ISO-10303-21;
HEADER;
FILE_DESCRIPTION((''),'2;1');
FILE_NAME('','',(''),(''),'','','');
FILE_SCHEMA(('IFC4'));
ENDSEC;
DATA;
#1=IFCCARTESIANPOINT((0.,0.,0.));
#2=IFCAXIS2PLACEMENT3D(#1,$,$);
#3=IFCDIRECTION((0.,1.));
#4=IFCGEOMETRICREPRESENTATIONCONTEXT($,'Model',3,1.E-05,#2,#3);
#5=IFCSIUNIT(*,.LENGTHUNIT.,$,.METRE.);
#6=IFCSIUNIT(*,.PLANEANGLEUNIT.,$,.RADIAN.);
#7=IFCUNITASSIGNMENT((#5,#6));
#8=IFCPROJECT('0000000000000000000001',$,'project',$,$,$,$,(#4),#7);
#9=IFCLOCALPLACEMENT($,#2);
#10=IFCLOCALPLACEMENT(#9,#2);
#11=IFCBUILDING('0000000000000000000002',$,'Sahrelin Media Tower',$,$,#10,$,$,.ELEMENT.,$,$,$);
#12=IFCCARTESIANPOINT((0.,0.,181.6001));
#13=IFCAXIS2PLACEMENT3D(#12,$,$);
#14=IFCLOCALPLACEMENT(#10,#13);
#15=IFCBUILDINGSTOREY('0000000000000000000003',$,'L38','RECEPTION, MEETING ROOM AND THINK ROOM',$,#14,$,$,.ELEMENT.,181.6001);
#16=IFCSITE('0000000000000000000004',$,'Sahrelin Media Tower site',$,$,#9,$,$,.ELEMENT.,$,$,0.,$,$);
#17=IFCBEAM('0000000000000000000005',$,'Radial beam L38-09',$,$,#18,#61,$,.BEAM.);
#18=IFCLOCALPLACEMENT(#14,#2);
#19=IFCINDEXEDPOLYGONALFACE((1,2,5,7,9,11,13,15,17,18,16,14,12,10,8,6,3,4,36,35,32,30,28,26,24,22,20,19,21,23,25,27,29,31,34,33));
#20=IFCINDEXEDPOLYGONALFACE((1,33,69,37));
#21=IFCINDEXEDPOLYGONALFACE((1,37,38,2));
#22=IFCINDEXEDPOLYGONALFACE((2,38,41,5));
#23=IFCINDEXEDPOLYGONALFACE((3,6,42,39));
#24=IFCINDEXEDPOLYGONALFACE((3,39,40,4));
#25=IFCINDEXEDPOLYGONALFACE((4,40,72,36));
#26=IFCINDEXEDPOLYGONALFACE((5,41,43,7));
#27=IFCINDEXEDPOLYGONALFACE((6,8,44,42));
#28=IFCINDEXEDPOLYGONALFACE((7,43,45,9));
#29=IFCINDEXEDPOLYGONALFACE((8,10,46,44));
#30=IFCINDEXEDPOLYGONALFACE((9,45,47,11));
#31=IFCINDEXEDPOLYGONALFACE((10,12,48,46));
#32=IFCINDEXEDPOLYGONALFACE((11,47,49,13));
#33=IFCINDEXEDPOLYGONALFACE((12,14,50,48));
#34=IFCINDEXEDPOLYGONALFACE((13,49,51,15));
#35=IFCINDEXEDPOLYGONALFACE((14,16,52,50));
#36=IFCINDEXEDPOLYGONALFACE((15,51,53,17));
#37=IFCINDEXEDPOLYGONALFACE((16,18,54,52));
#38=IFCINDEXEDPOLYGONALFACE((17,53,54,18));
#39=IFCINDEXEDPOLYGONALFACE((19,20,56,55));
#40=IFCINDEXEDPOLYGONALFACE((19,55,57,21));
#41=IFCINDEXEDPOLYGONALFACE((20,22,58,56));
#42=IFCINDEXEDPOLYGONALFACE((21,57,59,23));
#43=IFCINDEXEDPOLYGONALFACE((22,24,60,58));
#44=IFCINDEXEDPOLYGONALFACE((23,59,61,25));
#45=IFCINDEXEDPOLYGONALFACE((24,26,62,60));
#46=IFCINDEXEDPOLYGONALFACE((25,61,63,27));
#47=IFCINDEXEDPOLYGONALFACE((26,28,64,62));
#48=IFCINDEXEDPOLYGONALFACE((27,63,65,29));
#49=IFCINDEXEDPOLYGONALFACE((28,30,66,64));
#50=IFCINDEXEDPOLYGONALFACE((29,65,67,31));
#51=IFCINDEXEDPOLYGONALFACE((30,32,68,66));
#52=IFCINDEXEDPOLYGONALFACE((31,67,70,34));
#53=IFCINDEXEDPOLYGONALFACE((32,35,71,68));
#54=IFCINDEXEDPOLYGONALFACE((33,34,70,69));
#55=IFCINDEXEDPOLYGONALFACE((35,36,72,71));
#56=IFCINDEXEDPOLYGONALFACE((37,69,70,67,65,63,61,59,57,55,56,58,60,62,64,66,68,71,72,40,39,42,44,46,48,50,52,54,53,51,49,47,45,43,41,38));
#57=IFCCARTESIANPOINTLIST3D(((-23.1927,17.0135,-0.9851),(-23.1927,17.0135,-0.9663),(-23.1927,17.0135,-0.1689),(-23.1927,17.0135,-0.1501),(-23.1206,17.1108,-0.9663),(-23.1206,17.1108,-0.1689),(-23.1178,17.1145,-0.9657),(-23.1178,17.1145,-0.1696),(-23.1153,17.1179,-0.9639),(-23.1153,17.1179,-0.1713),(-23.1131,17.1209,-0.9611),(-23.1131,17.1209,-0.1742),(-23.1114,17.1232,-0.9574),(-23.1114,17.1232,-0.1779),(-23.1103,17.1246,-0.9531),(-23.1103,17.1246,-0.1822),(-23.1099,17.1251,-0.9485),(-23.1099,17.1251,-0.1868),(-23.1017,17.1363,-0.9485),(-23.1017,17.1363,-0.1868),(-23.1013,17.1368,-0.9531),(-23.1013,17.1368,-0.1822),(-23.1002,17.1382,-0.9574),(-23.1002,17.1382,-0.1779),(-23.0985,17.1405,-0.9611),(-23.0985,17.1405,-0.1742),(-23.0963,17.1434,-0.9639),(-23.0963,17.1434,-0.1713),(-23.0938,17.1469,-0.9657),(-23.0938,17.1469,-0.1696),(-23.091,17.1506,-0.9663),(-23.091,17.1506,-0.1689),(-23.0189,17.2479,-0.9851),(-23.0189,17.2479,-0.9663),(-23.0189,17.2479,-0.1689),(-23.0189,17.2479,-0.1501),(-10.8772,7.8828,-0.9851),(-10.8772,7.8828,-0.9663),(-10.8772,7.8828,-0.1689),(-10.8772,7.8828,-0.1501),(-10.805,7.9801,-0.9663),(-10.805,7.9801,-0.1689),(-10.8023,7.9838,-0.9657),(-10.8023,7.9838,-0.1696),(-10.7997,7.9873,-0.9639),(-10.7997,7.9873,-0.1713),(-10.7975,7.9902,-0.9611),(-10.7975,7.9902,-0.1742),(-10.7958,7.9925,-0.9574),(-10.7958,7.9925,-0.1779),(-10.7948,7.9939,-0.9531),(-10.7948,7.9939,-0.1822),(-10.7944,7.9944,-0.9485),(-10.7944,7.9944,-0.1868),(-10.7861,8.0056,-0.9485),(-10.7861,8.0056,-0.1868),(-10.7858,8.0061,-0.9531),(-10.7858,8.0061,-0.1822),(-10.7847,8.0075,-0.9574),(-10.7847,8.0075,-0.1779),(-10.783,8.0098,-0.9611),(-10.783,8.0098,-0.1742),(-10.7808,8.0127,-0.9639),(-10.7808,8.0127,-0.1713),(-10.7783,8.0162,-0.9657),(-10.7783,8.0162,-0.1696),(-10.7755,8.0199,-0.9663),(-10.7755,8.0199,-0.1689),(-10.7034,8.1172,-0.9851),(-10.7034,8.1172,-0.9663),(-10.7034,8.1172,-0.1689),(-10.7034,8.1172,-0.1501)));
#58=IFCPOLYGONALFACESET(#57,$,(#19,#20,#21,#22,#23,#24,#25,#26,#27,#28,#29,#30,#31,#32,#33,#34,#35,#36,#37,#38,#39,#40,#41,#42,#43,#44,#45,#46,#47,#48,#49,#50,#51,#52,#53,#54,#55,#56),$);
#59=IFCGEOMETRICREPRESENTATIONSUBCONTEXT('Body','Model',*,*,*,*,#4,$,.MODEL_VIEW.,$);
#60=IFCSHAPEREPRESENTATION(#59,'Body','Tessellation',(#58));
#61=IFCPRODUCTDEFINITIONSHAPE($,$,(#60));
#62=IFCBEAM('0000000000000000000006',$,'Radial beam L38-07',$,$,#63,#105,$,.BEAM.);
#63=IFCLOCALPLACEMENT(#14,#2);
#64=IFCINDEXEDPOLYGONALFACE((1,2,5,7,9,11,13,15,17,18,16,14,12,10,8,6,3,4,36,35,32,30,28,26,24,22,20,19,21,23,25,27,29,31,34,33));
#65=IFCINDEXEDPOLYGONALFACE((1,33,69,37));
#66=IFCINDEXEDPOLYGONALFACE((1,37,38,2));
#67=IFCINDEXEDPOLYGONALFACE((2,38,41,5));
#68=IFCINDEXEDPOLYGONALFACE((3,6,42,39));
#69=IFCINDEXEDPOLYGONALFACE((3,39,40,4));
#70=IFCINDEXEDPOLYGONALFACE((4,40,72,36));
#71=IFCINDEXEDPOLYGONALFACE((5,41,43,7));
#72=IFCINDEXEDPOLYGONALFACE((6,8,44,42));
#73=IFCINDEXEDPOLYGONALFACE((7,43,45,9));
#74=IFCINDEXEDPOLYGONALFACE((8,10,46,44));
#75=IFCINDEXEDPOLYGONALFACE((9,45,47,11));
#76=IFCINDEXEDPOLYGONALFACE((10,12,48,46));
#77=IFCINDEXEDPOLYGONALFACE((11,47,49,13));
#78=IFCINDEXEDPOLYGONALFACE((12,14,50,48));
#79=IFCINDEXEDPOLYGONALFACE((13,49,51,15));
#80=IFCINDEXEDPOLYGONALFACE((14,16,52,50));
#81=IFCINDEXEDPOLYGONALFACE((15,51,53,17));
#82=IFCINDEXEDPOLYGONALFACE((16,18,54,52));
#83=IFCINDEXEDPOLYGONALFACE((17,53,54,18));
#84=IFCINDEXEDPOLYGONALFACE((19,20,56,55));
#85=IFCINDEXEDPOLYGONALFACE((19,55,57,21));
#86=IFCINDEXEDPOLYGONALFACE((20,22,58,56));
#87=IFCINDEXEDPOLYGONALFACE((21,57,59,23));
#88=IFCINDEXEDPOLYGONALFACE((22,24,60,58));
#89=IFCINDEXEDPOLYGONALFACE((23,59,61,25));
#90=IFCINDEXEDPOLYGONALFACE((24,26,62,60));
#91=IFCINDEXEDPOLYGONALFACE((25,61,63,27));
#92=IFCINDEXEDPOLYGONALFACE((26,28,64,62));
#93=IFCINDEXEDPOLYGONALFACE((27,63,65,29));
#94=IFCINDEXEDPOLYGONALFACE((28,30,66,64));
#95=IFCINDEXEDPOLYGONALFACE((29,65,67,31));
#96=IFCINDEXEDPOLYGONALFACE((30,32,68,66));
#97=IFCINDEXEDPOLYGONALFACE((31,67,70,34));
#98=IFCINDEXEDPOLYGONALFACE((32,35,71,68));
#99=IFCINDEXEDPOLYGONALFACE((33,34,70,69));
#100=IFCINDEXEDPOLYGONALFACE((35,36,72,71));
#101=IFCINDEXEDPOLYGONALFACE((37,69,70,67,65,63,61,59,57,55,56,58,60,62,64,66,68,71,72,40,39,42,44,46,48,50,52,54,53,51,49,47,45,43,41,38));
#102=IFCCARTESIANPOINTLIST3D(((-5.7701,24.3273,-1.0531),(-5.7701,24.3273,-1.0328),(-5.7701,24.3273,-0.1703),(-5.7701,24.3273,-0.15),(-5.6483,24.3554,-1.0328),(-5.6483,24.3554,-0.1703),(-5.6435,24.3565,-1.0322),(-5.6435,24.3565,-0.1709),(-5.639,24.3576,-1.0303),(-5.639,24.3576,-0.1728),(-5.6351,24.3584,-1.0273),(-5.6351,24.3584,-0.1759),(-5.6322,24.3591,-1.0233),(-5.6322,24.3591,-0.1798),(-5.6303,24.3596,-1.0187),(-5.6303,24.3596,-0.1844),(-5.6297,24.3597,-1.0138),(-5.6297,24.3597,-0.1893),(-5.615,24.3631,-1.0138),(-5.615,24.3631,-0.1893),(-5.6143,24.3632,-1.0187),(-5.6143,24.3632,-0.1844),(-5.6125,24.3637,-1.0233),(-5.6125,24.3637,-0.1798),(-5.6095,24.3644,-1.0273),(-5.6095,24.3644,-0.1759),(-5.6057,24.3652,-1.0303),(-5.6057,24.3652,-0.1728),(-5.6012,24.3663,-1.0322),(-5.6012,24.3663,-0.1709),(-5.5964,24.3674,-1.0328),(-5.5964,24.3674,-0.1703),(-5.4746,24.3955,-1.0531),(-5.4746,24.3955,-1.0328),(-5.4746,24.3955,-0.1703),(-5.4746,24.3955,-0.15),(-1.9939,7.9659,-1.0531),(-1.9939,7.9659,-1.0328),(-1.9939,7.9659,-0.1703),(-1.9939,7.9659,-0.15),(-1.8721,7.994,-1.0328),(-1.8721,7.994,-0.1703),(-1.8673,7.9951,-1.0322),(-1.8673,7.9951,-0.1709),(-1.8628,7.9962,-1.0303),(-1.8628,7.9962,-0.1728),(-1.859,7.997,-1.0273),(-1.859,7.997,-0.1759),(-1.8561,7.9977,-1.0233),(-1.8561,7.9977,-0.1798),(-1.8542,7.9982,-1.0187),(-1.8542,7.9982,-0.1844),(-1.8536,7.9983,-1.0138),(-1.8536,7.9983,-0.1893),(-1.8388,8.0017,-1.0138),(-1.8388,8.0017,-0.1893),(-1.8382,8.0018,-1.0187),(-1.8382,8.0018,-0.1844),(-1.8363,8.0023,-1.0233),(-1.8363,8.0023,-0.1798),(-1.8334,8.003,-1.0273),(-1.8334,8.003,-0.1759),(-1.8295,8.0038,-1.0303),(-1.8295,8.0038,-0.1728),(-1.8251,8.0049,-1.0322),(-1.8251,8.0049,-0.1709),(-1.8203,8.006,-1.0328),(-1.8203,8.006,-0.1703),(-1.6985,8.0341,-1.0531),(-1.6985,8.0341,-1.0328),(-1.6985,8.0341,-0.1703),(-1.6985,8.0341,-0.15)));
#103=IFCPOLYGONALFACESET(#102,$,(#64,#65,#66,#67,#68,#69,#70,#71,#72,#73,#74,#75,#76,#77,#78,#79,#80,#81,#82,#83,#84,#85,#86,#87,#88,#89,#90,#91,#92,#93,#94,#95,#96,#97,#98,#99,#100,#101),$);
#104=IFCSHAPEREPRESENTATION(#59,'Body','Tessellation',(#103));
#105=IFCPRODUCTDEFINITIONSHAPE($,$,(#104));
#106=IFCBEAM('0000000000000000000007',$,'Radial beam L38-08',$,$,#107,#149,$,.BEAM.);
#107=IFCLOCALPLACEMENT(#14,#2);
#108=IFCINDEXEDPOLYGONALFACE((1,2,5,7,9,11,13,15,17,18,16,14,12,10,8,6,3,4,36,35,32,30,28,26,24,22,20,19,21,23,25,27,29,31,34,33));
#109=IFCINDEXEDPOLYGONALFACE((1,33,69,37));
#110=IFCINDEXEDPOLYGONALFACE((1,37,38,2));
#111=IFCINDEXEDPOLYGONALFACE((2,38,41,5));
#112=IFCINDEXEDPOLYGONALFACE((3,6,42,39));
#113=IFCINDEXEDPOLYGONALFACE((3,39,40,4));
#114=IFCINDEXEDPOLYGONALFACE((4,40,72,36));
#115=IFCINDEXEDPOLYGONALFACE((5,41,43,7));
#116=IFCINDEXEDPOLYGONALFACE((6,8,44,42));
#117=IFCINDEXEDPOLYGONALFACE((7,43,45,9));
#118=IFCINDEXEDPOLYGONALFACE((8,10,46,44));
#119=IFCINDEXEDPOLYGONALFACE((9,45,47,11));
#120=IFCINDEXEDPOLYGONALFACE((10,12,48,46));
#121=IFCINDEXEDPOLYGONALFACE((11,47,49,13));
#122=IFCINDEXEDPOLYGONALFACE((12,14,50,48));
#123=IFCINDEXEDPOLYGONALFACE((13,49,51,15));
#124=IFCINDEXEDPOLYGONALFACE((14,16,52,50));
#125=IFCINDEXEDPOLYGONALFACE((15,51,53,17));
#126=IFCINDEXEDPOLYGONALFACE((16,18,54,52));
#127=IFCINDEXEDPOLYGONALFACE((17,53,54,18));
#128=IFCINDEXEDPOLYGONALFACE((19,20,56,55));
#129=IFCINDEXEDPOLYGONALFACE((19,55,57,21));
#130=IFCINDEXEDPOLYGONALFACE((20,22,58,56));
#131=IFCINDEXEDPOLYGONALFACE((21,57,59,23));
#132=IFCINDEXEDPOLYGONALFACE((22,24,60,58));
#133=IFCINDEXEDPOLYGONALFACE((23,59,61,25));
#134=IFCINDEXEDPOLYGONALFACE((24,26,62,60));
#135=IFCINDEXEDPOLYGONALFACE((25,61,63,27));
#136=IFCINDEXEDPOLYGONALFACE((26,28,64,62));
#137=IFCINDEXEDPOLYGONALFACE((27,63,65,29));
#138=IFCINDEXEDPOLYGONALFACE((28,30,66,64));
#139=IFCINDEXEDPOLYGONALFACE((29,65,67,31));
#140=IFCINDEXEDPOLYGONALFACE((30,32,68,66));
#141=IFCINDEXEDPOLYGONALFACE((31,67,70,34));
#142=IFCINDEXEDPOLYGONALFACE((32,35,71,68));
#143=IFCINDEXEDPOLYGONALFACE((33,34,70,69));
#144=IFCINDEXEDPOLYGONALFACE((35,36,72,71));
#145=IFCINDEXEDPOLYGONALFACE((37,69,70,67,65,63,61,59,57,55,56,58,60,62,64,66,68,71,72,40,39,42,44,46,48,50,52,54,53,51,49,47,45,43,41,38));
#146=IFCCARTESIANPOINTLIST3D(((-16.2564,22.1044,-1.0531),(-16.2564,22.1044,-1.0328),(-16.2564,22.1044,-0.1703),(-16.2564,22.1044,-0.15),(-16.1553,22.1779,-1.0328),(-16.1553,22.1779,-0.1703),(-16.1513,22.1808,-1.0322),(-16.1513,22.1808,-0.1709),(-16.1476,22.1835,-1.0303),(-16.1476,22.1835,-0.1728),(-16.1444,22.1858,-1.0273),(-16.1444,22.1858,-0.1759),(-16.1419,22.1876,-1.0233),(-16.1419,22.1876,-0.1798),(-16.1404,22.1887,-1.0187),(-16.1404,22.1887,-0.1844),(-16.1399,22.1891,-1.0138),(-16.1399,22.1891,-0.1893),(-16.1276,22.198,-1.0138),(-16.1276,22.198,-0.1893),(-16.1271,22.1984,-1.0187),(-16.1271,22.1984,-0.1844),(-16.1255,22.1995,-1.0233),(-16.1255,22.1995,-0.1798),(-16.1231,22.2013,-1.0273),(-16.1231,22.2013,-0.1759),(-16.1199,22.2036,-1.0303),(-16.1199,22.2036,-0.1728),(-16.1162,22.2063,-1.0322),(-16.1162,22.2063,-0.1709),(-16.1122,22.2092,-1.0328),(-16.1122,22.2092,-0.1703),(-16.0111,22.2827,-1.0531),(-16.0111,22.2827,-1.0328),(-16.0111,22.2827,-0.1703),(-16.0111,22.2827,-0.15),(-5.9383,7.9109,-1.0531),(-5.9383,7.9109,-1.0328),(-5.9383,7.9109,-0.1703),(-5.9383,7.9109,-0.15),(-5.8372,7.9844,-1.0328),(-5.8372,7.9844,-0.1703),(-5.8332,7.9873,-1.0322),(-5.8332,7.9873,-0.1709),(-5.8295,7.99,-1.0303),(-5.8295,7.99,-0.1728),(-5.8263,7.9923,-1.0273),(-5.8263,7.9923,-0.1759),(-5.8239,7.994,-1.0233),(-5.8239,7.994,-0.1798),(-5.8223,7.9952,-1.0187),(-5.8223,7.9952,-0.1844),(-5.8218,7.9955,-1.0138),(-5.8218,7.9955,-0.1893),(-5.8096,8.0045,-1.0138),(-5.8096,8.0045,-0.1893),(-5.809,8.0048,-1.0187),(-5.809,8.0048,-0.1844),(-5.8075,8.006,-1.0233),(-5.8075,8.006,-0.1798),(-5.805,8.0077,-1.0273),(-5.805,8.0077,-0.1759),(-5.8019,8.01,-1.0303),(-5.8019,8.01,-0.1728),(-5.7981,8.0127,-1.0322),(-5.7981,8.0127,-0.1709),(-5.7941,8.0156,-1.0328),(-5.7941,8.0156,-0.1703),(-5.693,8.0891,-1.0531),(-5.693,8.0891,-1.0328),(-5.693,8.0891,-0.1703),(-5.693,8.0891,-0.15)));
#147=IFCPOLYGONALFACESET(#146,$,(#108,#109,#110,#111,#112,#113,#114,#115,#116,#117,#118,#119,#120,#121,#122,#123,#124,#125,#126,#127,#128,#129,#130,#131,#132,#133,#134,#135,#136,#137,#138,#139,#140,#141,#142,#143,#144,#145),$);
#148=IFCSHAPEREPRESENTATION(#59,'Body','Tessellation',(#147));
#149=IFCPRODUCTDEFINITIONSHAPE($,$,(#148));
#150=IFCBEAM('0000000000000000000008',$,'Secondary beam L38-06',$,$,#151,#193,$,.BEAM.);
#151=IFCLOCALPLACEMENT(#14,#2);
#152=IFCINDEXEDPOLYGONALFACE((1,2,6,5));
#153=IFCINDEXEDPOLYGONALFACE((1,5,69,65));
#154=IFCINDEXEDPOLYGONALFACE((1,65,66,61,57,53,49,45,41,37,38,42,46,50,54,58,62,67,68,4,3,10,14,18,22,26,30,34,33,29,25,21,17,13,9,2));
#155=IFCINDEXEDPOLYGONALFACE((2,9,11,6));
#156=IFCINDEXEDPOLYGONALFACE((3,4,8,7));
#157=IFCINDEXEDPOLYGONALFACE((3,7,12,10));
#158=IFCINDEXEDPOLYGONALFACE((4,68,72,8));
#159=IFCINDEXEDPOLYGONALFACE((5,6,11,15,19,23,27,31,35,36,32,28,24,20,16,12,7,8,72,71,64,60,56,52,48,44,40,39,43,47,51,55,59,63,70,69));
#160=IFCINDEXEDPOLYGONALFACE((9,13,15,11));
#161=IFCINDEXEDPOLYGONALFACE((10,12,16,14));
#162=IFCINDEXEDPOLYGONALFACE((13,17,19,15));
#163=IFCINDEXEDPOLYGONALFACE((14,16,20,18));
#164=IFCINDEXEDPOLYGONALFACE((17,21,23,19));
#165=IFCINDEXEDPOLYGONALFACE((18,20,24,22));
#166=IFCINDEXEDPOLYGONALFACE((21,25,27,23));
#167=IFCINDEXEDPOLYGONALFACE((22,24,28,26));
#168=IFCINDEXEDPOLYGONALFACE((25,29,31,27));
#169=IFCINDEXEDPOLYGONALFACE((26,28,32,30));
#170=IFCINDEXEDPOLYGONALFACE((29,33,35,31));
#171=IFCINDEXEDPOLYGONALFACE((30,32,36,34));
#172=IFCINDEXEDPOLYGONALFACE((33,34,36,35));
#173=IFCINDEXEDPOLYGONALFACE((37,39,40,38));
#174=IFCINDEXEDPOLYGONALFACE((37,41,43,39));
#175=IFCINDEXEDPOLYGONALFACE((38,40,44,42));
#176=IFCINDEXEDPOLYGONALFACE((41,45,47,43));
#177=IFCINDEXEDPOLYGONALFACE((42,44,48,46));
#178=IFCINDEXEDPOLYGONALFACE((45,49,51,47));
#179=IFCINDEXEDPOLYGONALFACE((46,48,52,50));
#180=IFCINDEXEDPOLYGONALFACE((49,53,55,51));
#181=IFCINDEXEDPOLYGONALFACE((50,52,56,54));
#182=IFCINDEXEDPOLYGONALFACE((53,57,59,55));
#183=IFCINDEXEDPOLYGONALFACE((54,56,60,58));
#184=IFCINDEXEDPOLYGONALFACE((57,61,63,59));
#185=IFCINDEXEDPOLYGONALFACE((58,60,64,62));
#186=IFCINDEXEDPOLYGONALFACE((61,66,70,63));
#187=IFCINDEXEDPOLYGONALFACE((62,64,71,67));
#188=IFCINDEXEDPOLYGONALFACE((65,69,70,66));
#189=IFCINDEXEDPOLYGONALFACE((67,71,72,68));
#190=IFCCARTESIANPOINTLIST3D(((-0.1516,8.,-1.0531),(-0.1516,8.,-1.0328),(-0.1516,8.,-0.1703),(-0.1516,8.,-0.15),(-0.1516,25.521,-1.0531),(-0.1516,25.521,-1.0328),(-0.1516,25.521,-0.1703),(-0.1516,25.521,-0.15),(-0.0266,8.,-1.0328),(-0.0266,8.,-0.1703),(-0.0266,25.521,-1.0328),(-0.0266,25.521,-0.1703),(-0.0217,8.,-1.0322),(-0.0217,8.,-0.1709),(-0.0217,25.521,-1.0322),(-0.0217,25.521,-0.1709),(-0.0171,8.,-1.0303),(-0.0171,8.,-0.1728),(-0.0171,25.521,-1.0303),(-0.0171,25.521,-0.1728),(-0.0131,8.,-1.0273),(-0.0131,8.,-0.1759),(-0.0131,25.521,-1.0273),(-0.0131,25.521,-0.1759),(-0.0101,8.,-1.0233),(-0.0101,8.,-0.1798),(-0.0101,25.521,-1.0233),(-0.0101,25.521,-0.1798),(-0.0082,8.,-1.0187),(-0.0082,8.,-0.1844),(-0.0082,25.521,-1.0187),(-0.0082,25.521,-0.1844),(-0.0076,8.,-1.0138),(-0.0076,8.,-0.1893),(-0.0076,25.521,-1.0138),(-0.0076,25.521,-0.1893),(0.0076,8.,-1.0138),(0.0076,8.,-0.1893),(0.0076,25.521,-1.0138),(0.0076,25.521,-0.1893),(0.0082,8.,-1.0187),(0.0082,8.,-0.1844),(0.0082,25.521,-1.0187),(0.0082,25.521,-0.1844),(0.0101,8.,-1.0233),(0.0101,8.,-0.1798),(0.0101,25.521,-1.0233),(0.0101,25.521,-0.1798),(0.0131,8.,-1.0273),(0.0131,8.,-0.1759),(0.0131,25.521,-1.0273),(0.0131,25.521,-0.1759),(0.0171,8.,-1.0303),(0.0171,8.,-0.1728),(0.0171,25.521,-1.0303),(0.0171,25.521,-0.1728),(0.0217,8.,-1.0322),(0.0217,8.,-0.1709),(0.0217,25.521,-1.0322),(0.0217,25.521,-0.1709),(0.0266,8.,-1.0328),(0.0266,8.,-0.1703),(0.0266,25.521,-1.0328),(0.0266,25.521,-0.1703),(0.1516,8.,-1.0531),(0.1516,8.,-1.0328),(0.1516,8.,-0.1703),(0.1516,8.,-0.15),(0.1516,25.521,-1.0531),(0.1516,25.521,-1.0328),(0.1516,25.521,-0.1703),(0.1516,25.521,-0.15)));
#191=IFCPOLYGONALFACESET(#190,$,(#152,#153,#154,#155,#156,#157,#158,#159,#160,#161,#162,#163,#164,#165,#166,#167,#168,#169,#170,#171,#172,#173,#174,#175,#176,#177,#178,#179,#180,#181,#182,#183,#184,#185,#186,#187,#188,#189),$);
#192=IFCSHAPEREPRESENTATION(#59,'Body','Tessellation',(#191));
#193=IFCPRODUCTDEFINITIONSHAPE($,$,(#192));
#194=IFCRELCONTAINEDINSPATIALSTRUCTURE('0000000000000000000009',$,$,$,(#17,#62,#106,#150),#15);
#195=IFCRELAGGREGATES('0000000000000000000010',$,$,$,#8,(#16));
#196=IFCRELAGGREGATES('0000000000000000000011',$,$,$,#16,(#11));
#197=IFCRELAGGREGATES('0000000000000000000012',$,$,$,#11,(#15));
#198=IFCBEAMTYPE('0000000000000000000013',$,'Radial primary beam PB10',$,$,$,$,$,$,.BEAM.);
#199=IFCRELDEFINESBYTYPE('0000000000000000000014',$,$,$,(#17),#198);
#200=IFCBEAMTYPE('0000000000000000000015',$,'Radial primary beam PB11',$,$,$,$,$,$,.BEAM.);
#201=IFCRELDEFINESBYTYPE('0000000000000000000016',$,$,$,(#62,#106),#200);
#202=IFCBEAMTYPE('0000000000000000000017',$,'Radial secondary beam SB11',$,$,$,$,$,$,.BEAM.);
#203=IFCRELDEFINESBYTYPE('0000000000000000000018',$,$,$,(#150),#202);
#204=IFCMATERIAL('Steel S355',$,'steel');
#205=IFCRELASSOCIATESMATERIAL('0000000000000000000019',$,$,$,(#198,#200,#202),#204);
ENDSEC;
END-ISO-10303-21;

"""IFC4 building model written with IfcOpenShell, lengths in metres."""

from ifc_helpers import new_model, si_unit, direction, frame, origin, origin_2d, place, context, subcontext, project, spatial, i_section, extrude, material, material_profile, profile_set, type_object, element, save


model = new_model("IFC4")

# Units and contexts
model_context = context("Model", 3, precision=1e-05, world=origin(), true_north=direction((0.0, 1.0)))
body_context = subcontext(model_context, "Body", "Model", "MODEL_VIEW")
ifc_project = project(units=[si_unit("LENGTHUNIT", "METRE"), si_unit("PLANEANGLEUNIT", "RADIAN")], contexts=[model_context])

# Site, building, storey
site_placement = place(None, origin())
site = spatial("IfcSite", under=ifc_project, at=site_placement, Name="Sahrelin Media Tower site", CompositionType="ELEMENT", RefElevation=0.0)
building_placement = place(site_placement, origin())
building = spatial("IfcBuilding", under=site, at=building_placement, Name="Sahrelin Media Tower", CompositionType="ELEMENT")
storey_placement = place(building_placement, frame((0.0, 0.0, 181.6001)))
storey = spatial("IfcBuildingStorey", under=building, at=storey_placement, Name="L38", Description="RECEPTION, MEETING ROOM AND THINK ROOM", CompositionType="ELEMENT", Elevation=181.6001)

# Shared definitions
ifc_material_1 = material(Name="Steel S355", Category="steel")

# Beams
ifc_material_profile_1 = material_profile(ifc_material_1, i_section(OverallWidth=0.2917, OverallDepth=0.835, WebThickness=0.0139, FlangeThickness=0.0188, FilletRadius=0.0178, at=origin_2d()), Name="UB 838x292x176")
ifc_profile_set_1 = profile_set([ifc_material_profile_1], Name="Steel S355")
beam_type_1 = type_object("IfcBeamType", Name="Radial primary beam PB10", PredefinedType="BEAM", material=ifc_profile_set_1)
beam_1_placement = place(storey_placement, frame((-10.7903, 8.0, -0.5676), z_axis=(-0.803305, 0.595568, 0.0), x_axis=(-0.595568, -0.803305, 0.0)))
element("IfcBeam", 1, at=beam_1_placement, inside=storey, type_object=beam_type_1, Name="Radial beam L38-09", PredefinedType="BEAM", context=body_context, shape_type="SweptSolid", body=[
    extrude(i_section(OverallWidth=0.2917, OverallDepth=0.835, WebThickness=0.0139, FlangeThickness=0.0188, FilletRadius=0.0178, at=origin_2d()), origin(), (0.0, 0.0, 1.0), 15.3311),
])
ifc_material_profile_2 = material_profile(ifc_material_1, i_section(OverallWidth=0.3032, OverallDepth=0.9031, WebThickness=0.0151, FlangeThickness=0.0203, FilletRadius=0.019, at=origin_2d()), Name="UB 914x305x201")
ifc_profile_set_2 = profile_set([ifc_material_profile_2], Name="Steel S355")
beam_type_2 = type_object("IfcBeamType", Name="Radial primary beam PB11", PredefinedType="BEAM", material=ifc_profile_set_2)
beam_2_placement = place(storey_placement, frame((-1.8462, 8.0, -0.6016), z_axis=(-0.224884, 0.974386, 0.0), x_axis=(-0.974386, -0.224884, 0.0)))
element("IfcBeam", 2, at=beam_2_placement, inside=storey, type_object=beam_type_2, Name="Radial beam L38-07", PredefinedType="BEAM", context=body_context, shape_type="SweptSolid", body=[
    extrude(i_section(OverallWidth=0.3032, OverallDepth=0.9031, WebThickness=0.0151, FlangeThickness=0.0203, FilletRadius=0.019, at=origin_2d()), origin(), (0.0, 0.0, 1.0), 16.7915),
])
beam_3_placement = place(storey_placement, frame((-5.8157, 8.0, -0.6016), z_axis=(-0.588004, 0.808858, 0.0), x_axis=(-0.808858, -0.588004, 0.0)))
element("IfcBeam", 3, at=beam_3_placement, inside=storey, type_object=beam_type_2, Name="Radial beam L38-08", PredefinedType="BEAM", context=body_context, shape_type="SweptSolid", body=[
    extrude(i_section(OverallWidth=0.3032, OverallDepth=0.9031, WebThickness=0.0151, FlangeThickness=0.0203, FilletRadius=0.019, at=origin_2d()), origin(), (0.0, 0.0, 1.0), 17.5476),
])
ifc_material_profile_3 = material_profile(ifc_material_1, i_section(OverallWidth=0.3032, OverallDepth=0.9031, WebThickness=0.0151, FlangeThickness=0.0203, FilletRadius=0.019, at=origin_2d()), Name="UB 914x305x201")
ifc_profile_set_3 = profile_set([ifc_material_profile_3], Name="Steel S355")
beam_type_3 = type_object("IfcBeamType", Name="Radial secondary beam SB11", PredefinedType="BEAM", material=ifc_profile_set_3)
beam_4_placement = place(storey_placement, frame((0.0, 8.0, -0.6016), z_axis=(0.0, 1.0, 0.0), x_axis=(-1.0, 0.0, 0.0)))
element("IfcBeam", 4, at=beam_4_placement, inside=storey, type_object=beam_type_3, Name="Secondary beam L38-06", PredefinedType="BEAM", context=body_context, shape_type="SweptSolid", body=[
    extrude(i_section(OverallWidth=0.3032, OverallDepth=0.9031, WebThickness=0.0151, FlangeThickness=0.0203, FilletRadius=0.019, at=origin_2d()), origin(), (0.0, 0.0, 1.0), 17.521),
])

save(model, "model.ifc")
